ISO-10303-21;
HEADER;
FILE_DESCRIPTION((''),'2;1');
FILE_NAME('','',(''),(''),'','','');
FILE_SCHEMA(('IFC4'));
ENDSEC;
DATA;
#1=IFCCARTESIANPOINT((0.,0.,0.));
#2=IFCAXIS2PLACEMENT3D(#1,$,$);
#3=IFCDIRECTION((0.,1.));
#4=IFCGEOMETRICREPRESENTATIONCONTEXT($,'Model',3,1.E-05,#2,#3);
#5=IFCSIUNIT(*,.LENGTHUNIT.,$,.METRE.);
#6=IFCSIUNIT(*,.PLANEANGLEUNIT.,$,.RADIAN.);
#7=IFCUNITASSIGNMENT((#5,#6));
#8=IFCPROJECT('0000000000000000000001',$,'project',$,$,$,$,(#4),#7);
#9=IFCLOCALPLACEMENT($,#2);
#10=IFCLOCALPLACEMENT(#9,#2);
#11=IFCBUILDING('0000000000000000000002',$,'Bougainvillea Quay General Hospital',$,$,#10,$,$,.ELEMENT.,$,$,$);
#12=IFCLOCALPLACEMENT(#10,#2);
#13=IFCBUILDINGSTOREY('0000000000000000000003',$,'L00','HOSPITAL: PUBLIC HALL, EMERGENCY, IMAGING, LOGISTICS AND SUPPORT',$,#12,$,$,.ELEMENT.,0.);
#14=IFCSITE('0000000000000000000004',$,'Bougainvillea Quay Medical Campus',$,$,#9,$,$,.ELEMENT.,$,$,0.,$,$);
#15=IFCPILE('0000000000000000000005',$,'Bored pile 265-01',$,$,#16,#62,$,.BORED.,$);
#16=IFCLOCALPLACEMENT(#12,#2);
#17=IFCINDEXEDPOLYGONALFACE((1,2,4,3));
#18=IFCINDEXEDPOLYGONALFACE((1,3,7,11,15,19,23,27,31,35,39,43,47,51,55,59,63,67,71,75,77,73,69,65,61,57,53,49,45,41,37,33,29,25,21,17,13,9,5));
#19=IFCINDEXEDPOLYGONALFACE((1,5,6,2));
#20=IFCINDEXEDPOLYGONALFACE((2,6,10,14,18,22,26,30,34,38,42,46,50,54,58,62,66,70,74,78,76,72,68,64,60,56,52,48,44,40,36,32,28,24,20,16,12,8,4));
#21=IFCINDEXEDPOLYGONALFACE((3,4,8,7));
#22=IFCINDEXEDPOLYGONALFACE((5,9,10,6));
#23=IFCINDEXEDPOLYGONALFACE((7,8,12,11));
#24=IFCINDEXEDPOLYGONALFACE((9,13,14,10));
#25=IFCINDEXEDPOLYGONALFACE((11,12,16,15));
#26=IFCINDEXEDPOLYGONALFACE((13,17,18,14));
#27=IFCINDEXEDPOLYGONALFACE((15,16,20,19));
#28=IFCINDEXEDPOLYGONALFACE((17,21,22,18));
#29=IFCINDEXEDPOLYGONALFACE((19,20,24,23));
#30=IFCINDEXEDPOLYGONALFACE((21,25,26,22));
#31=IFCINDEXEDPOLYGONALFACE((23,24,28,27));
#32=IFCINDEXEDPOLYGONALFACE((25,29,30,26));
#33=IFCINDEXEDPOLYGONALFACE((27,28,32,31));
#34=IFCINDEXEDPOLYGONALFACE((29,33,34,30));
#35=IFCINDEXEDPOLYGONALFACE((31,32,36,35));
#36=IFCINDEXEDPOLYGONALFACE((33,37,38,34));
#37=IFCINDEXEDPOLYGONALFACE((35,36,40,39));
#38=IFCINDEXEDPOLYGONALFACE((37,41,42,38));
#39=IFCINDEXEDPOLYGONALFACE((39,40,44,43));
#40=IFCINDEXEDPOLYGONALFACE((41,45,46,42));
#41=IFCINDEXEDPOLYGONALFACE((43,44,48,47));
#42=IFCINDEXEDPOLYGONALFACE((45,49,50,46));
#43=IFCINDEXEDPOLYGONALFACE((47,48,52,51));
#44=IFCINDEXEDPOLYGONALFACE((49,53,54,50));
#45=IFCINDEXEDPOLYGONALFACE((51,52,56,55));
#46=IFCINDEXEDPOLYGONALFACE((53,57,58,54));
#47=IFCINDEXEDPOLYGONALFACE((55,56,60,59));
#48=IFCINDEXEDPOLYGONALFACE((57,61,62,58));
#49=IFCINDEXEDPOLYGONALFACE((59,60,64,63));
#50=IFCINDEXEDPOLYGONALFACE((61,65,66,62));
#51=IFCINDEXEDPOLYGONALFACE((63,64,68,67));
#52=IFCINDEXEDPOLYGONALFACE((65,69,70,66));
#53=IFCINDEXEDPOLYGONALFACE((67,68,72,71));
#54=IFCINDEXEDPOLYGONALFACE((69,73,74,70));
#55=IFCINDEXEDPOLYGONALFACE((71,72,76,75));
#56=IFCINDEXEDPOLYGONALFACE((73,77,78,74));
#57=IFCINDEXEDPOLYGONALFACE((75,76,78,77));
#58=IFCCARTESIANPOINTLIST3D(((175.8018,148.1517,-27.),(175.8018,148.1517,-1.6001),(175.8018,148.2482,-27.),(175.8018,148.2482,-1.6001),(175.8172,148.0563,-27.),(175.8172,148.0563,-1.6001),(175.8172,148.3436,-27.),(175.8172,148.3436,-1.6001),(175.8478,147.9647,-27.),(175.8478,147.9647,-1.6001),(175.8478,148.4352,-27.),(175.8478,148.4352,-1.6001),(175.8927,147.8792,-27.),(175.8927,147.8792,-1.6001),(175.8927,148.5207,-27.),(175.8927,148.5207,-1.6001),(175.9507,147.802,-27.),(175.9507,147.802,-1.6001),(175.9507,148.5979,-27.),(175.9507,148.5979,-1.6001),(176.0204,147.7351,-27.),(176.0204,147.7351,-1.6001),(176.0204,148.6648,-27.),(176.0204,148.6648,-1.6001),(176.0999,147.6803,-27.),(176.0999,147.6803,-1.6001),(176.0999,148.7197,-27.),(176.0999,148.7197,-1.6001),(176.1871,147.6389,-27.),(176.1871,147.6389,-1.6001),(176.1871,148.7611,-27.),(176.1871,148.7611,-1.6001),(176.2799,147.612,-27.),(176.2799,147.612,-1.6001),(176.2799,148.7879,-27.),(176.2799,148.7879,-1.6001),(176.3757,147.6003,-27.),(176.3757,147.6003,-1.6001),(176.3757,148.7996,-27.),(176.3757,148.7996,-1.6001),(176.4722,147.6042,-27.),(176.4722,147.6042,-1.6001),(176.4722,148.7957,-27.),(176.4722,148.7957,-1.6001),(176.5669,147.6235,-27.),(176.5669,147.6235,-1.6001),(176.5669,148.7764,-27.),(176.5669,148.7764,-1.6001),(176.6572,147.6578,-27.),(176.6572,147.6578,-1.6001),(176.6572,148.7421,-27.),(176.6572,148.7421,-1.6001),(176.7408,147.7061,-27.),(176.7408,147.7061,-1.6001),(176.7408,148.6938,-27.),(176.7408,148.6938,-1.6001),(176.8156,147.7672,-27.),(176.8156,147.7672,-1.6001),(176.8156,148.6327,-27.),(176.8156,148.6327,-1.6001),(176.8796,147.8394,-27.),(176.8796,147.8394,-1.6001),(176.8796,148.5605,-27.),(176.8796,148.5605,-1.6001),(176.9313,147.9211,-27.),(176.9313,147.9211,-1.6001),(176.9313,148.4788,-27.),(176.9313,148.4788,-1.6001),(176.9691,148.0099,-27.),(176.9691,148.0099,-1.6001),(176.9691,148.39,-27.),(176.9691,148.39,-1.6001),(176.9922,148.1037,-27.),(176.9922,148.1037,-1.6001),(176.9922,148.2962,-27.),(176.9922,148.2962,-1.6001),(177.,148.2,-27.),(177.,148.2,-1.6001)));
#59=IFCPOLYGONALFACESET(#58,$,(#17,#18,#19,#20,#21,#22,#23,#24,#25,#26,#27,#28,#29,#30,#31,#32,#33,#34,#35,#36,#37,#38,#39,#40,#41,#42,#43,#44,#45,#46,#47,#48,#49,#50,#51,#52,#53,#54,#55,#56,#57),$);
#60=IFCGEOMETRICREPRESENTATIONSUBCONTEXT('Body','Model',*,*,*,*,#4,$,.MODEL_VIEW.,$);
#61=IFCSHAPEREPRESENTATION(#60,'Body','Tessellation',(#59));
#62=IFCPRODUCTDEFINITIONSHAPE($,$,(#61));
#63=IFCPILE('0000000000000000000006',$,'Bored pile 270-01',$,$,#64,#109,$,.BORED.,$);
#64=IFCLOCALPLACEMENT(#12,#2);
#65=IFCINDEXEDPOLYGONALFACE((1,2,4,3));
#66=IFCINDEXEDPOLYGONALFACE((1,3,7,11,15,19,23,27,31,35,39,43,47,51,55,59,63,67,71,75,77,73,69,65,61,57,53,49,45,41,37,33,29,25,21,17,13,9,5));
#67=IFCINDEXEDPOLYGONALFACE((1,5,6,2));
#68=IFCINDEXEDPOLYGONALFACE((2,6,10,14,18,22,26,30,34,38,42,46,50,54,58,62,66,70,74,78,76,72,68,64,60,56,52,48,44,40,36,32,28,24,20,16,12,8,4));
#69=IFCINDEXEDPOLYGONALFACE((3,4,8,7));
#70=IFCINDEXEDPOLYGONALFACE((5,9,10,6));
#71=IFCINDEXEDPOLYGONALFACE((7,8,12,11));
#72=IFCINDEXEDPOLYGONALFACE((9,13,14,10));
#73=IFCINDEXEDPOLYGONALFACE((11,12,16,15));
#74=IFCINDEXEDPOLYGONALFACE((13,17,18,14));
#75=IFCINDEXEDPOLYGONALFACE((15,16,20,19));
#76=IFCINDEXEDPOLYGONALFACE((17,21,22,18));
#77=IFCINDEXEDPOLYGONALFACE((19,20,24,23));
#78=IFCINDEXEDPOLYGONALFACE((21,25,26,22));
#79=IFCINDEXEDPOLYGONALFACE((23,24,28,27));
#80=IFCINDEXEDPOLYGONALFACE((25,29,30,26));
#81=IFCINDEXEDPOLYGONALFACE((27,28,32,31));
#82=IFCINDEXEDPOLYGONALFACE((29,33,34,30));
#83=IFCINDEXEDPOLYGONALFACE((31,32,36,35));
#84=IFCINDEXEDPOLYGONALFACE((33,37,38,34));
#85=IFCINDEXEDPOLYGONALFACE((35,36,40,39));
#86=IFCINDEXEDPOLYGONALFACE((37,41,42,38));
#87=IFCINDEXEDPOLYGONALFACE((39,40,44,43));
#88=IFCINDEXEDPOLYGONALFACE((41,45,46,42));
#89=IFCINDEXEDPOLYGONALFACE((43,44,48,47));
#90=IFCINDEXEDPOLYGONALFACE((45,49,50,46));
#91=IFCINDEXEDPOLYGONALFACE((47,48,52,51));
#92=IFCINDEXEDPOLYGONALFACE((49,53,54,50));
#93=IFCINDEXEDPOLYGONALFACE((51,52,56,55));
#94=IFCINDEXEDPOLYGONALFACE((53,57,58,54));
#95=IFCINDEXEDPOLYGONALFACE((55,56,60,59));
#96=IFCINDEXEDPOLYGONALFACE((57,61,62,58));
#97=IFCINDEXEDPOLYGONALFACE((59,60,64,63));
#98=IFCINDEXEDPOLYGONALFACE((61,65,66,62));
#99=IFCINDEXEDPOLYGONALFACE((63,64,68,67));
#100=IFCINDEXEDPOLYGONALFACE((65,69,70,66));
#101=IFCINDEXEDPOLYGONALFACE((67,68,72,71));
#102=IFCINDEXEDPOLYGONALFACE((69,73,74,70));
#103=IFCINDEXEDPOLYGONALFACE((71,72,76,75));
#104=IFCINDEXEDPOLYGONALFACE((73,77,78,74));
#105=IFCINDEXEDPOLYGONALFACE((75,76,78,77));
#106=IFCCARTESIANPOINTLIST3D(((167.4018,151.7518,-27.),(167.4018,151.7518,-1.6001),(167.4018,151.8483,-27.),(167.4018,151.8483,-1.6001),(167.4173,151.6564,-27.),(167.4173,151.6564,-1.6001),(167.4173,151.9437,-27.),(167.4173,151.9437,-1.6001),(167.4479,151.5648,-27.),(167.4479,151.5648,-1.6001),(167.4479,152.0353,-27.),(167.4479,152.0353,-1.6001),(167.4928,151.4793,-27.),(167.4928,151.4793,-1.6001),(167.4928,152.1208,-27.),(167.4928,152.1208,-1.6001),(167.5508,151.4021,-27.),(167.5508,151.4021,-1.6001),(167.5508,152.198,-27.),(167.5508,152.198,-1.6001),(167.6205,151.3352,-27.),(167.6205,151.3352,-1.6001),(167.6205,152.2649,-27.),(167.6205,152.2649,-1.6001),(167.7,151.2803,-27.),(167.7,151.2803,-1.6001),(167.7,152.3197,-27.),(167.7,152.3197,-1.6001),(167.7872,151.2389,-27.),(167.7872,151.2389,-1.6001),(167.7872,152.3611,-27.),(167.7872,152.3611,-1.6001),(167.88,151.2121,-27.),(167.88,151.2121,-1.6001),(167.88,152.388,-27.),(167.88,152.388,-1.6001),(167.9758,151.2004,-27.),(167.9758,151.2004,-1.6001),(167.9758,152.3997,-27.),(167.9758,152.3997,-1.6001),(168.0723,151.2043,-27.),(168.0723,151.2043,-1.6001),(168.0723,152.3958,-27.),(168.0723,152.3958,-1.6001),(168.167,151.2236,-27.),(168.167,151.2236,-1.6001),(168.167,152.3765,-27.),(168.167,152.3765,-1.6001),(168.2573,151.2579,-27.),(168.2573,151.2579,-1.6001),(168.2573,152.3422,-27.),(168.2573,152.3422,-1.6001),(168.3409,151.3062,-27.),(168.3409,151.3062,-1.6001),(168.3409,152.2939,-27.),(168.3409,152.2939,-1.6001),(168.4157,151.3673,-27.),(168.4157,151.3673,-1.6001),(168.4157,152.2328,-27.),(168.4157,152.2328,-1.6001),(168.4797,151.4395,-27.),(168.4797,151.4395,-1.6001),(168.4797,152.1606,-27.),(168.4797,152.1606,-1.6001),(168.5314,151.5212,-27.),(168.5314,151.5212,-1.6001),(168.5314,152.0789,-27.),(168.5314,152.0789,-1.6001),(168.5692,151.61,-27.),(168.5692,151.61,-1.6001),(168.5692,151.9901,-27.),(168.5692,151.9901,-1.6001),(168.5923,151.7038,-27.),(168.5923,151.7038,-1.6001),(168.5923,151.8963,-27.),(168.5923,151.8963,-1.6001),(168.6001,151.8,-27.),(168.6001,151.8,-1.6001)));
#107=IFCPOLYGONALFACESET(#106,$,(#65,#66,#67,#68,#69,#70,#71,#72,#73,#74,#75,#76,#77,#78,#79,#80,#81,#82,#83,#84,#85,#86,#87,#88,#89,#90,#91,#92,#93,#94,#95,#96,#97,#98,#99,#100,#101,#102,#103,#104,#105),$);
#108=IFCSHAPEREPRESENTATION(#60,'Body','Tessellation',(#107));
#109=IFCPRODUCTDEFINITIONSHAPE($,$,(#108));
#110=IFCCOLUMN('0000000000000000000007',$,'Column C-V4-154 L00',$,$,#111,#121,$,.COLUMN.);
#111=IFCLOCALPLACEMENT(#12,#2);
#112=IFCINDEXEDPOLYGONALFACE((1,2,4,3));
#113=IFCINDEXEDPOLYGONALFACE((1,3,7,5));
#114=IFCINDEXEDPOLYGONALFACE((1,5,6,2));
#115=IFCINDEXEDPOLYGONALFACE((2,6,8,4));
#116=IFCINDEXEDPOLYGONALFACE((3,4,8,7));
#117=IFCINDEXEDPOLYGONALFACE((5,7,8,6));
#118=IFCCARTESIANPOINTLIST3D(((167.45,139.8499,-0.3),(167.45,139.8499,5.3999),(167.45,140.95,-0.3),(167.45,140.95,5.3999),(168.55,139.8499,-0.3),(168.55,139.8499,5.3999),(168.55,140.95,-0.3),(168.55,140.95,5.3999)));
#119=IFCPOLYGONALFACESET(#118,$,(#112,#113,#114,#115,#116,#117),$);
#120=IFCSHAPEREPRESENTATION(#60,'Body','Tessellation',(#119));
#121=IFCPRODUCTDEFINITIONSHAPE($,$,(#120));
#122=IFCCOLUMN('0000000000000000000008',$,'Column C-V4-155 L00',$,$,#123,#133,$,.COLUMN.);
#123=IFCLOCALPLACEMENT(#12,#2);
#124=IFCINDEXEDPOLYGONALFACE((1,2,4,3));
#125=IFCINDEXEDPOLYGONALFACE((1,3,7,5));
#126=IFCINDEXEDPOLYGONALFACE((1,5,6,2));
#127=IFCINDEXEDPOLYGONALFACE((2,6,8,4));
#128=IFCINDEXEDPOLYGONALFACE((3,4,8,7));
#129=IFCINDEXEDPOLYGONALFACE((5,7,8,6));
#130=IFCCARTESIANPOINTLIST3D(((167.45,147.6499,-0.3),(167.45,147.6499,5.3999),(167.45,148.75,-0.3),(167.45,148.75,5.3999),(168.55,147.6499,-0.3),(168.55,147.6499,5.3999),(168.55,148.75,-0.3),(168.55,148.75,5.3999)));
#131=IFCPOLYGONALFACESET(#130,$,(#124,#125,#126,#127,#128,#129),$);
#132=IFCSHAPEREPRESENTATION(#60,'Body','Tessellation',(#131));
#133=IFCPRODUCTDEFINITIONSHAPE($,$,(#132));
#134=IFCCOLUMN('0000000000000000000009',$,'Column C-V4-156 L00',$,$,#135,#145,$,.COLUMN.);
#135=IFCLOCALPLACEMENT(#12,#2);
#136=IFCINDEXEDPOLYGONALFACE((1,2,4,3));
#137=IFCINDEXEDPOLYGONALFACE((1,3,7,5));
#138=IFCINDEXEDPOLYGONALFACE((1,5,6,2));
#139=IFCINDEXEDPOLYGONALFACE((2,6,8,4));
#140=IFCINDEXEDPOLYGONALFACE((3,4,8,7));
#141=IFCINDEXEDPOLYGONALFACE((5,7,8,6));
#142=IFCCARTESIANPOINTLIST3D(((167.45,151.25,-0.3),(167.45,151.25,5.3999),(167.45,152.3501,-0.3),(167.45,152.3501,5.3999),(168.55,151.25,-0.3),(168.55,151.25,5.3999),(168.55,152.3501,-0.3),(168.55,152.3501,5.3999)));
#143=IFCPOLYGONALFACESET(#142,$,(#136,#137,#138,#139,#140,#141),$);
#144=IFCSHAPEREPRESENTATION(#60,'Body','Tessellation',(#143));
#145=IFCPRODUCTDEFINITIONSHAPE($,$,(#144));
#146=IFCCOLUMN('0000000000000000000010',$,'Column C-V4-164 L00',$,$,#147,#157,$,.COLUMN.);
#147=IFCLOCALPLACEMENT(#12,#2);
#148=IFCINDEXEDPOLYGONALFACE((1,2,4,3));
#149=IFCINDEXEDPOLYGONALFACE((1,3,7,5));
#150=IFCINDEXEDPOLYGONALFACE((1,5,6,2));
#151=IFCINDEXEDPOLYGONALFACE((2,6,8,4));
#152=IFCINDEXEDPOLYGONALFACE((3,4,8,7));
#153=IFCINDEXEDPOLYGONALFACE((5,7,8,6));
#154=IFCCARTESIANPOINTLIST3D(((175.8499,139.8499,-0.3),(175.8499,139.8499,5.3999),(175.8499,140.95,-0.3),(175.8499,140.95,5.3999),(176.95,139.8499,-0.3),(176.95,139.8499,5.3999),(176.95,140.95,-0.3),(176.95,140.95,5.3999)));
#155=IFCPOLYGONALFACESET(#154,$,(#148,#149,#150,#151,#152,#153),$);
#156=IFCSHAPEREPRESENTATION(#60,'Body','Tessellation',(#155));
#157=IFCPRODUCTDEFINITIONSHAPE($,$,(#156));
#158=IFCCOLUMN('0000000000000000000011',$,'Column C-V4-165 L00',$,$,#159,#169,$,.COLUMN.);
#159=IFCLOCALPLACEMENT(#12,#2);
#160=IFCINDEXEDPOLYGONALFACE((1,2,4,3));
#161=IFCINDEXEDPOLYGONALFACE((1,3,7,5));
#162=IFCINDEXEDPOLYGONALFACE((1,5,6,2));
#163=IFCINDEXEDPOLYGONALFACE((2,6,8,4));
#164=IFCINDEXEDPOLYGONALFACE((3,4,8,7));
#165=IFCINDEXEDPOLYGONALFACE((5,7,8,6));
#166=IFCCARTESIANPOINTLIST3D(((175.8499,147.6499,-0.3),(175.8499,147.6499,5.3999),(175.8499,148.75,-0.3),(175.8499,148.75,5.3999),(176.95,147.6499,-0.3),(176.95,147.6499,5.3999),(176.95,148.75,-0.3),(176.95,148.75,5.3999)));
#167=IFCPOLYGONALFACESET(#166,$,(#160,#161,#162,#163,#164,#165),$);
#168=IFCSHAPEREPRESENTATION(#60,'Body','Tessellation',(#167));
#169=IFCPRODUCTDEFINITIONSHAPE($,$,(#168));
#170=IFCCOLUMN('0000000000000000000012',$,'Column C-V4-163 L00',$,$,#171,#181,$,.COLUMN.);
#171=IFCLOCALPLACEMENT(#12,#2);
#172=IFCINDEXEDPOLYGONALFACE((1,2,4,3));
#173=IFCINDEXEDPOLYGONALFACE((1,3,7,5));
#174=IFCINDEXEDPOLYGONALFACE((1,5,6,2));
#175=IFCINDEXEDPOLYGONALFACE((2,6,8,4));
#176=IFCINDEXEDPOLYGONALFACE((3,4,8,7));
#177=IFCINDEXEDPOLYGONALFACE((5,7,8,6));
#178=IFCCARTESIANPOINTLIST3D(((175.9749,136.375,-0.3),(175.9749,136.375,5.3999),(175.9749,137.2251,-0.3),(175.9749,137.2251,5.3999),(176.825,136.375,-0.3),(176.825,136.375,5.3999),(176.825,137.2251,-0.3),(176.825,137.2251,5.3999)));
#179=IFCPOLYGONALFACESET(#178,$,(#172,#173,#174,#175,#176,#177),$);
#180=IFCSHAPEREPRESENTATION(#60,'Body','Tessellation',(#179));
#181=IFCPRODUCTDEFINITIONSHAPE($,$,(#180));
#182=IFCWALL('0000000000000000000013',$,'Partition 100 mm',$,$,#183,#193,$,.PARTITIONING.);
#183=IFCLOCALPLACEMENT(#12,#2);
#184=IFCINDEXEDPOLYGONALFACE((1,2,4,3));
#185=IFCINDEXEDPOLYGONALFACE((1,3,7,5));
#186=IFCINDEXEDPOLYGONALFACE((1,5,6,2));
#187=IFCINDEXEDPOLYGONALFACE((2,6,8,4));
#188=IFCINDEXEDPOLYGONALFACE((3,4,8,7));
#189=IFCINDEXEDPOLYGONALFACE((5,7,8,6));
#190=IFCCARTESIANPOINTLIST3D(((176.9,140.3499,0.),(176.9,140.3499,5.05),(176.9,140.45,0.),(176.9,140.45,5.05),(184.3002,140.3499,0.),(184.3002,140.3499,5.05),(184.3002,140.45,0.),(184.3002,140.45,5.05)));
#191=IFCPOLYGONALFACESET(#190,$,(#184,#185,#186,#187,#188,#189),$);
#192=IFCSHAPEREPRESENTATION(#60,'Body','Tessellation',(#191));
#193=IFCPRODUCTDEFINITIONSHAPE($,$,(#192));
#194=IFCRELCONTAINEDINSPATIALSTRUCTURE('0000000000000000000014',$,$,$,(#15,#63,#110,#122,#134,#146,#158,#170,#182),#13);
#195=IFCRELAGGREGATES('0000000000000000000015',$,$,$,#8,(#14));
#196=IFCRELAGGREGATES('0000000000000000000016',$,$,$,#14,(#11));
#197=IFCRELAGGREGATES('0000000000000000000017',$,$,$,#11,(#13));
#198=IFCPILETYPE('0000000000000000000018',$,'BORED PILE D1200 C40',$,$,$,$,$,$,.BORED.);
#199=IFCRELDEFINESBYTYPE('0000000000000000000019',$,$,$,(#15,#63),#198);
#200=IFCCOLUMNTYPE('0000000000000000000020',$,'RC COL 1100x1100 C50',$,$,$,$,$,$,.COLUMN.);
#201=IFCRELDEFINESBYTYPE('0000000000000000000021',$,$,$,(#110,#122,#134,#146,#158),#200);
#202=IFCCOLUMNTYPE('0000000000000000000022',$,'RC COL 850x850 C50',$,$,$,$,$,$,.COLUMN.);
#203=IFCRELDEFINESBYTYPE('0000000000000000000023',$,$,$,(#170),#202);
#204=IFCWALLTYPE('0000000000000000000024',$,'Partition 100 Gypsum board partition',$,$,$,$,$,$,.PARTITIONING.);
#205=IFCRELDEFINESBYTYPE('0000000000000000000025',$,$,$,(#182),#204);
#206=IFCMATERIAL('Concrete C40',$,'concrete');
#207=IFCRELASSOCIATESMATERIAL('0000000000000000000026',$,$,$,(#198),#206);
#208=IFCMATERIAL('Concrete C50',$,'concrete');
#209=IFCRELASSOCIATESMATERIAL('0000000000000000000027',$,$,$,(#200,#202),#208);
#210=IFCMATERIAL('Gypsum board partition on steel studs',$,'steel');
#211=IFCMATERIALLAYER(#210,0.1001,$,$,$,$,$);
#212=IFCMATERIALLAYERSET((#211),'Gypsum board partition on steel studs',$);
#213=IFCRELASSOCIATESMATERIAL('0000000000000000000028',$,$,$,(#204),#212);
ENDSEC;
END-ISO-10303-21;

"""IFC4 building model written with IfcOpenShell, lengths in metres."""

from ifc_helpers import new_model, si_unit, direction, frame, frame_2d, origin, origin_2d, place, context, subcontext, project, spatial, rectangle, circle, extrude, material, layer, layer_set, material_profile, profile_set, type_object, element, save


model = new_model("IFC4")

# Units and contexts
model_context = context("Model", 3, precision=1e-05, world=origin(), true_north=direction((0.0, 1.0)))
body_context = subcontext(model_context, "Body", "Model", "MODEL_VIEW")
ifc_project = project(units=[si_unit("LENGTHUNIT", "METRE"), si_unit("PLANEANGLEUNIT", "RADIAN")], contexts=[model_context])

# Site, building, storey
site_placement = place(None, origin())
site = spatial("IfcSite", under=ifc_project, at=site_placement, Name="Bougainvillea Quay Medical Campus", CompositionType="ELEMENT", RefElevation=0.0)
building_placement = place(site_placement, origin())
building = spatial("IfcBuilding", under=site, at=building_placement, Name="Bougainvillea Quay General Hospital", CompositionType="ELEMENT")
storey_placement = place(building_placement, origin())
storey = spatial("IfcBuildingStorey", under=building, at=storey_placement, Name="L00", Description="HOSPITAL: PUBLIC HALL, EMERGENCY, IMAGING, LOGISTICS AND SUPPORT", CompositionType="ELEMENT", Elevation=0.0)

# Piles
ifc_material_1 = material(Name="Concrete C40", Category="concrete")
ifc_material_profile_1 = material_profile(ifc_material_1, circle(Radius=0.6001, at=origin_2d()))
ifc_profile_set_1 = profile_set([ifc_material_profile_1], Name="Concrete C40")
pile_type = type_object("IfcPileType", Name="BORED PILE D1200 C40", PredefinedType="BORED", material=ifc_profile_set_1)
for number, where, z_axis, x_axis, name in (
    (1, (176.3999, 148.2, -1.6001), (0.0, 0.0, -1.0), (1.0, 0.0, 0.0), "Bored pile 265-01"),
    (2, (168.0, 151.8, -1.6001), (0.0, 0.0, -1.0), (1.0, 0.0, 0.0), "Bored pile 270-01"),
):
    element("IfcPile", number, at=place(storey_placement, frame(where, z_axis=z_axis, x_axis=x_axis)), inside=storey, type_object=pile_type, Name=name, PredefinedType="BORED", context=body_context, shape_type="SweptSolid", body=[
        extrude(circle(Radius=0.6001, at=origin_2d()), origin(), (0.0, 0.0, 1.0), 25.3999),
    ])

# Columns
ifc_material_2 = material(Name="Concrete C50", Category="concrete")
ifc_material_profile_2 = material_profile(ifc_material_2, rectangle(XDim=1.1001, YDim=1.1001, at=origin_2d()))
ifc_profile_set_2 = profile_set([ifc_material_profile_2], Name="Concrete C50")
column_type_1 = type_object("IfcColumnType", Name="RC COL 1100x1100 C50", PredefinedType="COLUMN", material=ifc_profile_set_2)
for number, where, z_axis, x_axis, name in (
    (3, (168.0, 140.3999, -0.3), (0.0, 0.0, 1.0), (1.0, 0.0, 0.0), "Column C-V4-154 L00"),
    (4, (168.0, 148.2, -0.3), (0.0, 0.0, 1.0), (1.0, 0.0, 0.0), "Column C-V4-155 L00"),
    (5, (168.0, 151.8, -0.3), (0.0, 0.0, 1.0), (1.0, 0.0, 0.0), "Column C-V4-156 L00"),
    (6, (176.3999, 140.3999, -0.3), (0.0, 0.0, 1.0), (1.0, 0.0, 0.0), "Column C-V4-164 L00"),
    (7, (176.3999, 148.2, -0.3), (0.0, 0.0, 1.0), (1.0, 0.0, 0.0), "Column C-V4-165 L00"),
):
    element("IfcColumn", number, at=place(storey_placement, frame(where, z_axis=z_axis, x_axis=x_axis)), inside=storey, type_object=column_type_1, Name=name, PredefinedType="COLUMN", context=body_context, shape_type="SweptSolid", body=[
        extrude(rectangle(XDim=1.1001, YDim=1.1001, at=origin_2d()), origin(), (0.0, 0.0, 1.0), 5.7),
    ])
ifc_material_profile_3 = material_profile(ifc_material_2, rectangle(XDim=0.8501, YDim=0.8501, at=origin_2d()))
ifc_profile_set_3 = profile_set([ifc_material_profile_3], Name="Concrete C50")
column_type_2 = type_object("IfcColumnType", Name="RC COL 850x850 C50", PredefinedType="COLUMN", material=ifc_profile_set_3)
column_placement = place(storey_placement, frame((176.3999, 136.8, -0.3), z_axis=(0.0, 0.0, 1.0), x_axis=(1.0, 0.0, 0.0)))
element("IfcColumn", 8, at=column_placement, inside=storey, type_object=column_type_2, Name="Column C-V4-163 L00", PredefinedType="COLUMN", context=body_context, shape_type="SweptSolid", body=[
    extrude(rectangle(XDim=0.8501, YDim=0.8501, at=origin_2d()), origin(), (0.0, 0.0, 1.0), 5.7),
])

# Wall
ifc_material_3 = material(Name="Gypsum board partition on steel studs", Category="steel")
ifc_layer_1 = layer(ifc_material_3, 0.1001)
ifc_layer_set_1 = layer_set([ifc_layer_1], Name="Gypsum board partition on steel studs")
wall_type_1 = type_object("IfcWallType", Name="Partition 100 Gypsum board partition", PredefinedType="PARTITIONING", material=ifc_layer_set_1)
wall_1_placement = place(storey_placement, frame((176.8999, 140.3999, 0.0), z_axis=(0.0, 0.0, 1.0), x_axis=(1.0, 0.0, 0.0)))
element("IfcWall", 9, at=wall_1_placement, inside=storey, type_object=wall_type_1, Name="Partition 100 mm", PredefinedType="PARTITIONING", context=body_context, shape_type="SweptSolid", body=[
    extrude(rectangle(XDim=7.4001, YDim=0.1001, at=frame_2d((3.7002, 0.0))), origin(), (0.0, 0.0, 1.0), 5.05),
])

save(model, "model.ifc")
